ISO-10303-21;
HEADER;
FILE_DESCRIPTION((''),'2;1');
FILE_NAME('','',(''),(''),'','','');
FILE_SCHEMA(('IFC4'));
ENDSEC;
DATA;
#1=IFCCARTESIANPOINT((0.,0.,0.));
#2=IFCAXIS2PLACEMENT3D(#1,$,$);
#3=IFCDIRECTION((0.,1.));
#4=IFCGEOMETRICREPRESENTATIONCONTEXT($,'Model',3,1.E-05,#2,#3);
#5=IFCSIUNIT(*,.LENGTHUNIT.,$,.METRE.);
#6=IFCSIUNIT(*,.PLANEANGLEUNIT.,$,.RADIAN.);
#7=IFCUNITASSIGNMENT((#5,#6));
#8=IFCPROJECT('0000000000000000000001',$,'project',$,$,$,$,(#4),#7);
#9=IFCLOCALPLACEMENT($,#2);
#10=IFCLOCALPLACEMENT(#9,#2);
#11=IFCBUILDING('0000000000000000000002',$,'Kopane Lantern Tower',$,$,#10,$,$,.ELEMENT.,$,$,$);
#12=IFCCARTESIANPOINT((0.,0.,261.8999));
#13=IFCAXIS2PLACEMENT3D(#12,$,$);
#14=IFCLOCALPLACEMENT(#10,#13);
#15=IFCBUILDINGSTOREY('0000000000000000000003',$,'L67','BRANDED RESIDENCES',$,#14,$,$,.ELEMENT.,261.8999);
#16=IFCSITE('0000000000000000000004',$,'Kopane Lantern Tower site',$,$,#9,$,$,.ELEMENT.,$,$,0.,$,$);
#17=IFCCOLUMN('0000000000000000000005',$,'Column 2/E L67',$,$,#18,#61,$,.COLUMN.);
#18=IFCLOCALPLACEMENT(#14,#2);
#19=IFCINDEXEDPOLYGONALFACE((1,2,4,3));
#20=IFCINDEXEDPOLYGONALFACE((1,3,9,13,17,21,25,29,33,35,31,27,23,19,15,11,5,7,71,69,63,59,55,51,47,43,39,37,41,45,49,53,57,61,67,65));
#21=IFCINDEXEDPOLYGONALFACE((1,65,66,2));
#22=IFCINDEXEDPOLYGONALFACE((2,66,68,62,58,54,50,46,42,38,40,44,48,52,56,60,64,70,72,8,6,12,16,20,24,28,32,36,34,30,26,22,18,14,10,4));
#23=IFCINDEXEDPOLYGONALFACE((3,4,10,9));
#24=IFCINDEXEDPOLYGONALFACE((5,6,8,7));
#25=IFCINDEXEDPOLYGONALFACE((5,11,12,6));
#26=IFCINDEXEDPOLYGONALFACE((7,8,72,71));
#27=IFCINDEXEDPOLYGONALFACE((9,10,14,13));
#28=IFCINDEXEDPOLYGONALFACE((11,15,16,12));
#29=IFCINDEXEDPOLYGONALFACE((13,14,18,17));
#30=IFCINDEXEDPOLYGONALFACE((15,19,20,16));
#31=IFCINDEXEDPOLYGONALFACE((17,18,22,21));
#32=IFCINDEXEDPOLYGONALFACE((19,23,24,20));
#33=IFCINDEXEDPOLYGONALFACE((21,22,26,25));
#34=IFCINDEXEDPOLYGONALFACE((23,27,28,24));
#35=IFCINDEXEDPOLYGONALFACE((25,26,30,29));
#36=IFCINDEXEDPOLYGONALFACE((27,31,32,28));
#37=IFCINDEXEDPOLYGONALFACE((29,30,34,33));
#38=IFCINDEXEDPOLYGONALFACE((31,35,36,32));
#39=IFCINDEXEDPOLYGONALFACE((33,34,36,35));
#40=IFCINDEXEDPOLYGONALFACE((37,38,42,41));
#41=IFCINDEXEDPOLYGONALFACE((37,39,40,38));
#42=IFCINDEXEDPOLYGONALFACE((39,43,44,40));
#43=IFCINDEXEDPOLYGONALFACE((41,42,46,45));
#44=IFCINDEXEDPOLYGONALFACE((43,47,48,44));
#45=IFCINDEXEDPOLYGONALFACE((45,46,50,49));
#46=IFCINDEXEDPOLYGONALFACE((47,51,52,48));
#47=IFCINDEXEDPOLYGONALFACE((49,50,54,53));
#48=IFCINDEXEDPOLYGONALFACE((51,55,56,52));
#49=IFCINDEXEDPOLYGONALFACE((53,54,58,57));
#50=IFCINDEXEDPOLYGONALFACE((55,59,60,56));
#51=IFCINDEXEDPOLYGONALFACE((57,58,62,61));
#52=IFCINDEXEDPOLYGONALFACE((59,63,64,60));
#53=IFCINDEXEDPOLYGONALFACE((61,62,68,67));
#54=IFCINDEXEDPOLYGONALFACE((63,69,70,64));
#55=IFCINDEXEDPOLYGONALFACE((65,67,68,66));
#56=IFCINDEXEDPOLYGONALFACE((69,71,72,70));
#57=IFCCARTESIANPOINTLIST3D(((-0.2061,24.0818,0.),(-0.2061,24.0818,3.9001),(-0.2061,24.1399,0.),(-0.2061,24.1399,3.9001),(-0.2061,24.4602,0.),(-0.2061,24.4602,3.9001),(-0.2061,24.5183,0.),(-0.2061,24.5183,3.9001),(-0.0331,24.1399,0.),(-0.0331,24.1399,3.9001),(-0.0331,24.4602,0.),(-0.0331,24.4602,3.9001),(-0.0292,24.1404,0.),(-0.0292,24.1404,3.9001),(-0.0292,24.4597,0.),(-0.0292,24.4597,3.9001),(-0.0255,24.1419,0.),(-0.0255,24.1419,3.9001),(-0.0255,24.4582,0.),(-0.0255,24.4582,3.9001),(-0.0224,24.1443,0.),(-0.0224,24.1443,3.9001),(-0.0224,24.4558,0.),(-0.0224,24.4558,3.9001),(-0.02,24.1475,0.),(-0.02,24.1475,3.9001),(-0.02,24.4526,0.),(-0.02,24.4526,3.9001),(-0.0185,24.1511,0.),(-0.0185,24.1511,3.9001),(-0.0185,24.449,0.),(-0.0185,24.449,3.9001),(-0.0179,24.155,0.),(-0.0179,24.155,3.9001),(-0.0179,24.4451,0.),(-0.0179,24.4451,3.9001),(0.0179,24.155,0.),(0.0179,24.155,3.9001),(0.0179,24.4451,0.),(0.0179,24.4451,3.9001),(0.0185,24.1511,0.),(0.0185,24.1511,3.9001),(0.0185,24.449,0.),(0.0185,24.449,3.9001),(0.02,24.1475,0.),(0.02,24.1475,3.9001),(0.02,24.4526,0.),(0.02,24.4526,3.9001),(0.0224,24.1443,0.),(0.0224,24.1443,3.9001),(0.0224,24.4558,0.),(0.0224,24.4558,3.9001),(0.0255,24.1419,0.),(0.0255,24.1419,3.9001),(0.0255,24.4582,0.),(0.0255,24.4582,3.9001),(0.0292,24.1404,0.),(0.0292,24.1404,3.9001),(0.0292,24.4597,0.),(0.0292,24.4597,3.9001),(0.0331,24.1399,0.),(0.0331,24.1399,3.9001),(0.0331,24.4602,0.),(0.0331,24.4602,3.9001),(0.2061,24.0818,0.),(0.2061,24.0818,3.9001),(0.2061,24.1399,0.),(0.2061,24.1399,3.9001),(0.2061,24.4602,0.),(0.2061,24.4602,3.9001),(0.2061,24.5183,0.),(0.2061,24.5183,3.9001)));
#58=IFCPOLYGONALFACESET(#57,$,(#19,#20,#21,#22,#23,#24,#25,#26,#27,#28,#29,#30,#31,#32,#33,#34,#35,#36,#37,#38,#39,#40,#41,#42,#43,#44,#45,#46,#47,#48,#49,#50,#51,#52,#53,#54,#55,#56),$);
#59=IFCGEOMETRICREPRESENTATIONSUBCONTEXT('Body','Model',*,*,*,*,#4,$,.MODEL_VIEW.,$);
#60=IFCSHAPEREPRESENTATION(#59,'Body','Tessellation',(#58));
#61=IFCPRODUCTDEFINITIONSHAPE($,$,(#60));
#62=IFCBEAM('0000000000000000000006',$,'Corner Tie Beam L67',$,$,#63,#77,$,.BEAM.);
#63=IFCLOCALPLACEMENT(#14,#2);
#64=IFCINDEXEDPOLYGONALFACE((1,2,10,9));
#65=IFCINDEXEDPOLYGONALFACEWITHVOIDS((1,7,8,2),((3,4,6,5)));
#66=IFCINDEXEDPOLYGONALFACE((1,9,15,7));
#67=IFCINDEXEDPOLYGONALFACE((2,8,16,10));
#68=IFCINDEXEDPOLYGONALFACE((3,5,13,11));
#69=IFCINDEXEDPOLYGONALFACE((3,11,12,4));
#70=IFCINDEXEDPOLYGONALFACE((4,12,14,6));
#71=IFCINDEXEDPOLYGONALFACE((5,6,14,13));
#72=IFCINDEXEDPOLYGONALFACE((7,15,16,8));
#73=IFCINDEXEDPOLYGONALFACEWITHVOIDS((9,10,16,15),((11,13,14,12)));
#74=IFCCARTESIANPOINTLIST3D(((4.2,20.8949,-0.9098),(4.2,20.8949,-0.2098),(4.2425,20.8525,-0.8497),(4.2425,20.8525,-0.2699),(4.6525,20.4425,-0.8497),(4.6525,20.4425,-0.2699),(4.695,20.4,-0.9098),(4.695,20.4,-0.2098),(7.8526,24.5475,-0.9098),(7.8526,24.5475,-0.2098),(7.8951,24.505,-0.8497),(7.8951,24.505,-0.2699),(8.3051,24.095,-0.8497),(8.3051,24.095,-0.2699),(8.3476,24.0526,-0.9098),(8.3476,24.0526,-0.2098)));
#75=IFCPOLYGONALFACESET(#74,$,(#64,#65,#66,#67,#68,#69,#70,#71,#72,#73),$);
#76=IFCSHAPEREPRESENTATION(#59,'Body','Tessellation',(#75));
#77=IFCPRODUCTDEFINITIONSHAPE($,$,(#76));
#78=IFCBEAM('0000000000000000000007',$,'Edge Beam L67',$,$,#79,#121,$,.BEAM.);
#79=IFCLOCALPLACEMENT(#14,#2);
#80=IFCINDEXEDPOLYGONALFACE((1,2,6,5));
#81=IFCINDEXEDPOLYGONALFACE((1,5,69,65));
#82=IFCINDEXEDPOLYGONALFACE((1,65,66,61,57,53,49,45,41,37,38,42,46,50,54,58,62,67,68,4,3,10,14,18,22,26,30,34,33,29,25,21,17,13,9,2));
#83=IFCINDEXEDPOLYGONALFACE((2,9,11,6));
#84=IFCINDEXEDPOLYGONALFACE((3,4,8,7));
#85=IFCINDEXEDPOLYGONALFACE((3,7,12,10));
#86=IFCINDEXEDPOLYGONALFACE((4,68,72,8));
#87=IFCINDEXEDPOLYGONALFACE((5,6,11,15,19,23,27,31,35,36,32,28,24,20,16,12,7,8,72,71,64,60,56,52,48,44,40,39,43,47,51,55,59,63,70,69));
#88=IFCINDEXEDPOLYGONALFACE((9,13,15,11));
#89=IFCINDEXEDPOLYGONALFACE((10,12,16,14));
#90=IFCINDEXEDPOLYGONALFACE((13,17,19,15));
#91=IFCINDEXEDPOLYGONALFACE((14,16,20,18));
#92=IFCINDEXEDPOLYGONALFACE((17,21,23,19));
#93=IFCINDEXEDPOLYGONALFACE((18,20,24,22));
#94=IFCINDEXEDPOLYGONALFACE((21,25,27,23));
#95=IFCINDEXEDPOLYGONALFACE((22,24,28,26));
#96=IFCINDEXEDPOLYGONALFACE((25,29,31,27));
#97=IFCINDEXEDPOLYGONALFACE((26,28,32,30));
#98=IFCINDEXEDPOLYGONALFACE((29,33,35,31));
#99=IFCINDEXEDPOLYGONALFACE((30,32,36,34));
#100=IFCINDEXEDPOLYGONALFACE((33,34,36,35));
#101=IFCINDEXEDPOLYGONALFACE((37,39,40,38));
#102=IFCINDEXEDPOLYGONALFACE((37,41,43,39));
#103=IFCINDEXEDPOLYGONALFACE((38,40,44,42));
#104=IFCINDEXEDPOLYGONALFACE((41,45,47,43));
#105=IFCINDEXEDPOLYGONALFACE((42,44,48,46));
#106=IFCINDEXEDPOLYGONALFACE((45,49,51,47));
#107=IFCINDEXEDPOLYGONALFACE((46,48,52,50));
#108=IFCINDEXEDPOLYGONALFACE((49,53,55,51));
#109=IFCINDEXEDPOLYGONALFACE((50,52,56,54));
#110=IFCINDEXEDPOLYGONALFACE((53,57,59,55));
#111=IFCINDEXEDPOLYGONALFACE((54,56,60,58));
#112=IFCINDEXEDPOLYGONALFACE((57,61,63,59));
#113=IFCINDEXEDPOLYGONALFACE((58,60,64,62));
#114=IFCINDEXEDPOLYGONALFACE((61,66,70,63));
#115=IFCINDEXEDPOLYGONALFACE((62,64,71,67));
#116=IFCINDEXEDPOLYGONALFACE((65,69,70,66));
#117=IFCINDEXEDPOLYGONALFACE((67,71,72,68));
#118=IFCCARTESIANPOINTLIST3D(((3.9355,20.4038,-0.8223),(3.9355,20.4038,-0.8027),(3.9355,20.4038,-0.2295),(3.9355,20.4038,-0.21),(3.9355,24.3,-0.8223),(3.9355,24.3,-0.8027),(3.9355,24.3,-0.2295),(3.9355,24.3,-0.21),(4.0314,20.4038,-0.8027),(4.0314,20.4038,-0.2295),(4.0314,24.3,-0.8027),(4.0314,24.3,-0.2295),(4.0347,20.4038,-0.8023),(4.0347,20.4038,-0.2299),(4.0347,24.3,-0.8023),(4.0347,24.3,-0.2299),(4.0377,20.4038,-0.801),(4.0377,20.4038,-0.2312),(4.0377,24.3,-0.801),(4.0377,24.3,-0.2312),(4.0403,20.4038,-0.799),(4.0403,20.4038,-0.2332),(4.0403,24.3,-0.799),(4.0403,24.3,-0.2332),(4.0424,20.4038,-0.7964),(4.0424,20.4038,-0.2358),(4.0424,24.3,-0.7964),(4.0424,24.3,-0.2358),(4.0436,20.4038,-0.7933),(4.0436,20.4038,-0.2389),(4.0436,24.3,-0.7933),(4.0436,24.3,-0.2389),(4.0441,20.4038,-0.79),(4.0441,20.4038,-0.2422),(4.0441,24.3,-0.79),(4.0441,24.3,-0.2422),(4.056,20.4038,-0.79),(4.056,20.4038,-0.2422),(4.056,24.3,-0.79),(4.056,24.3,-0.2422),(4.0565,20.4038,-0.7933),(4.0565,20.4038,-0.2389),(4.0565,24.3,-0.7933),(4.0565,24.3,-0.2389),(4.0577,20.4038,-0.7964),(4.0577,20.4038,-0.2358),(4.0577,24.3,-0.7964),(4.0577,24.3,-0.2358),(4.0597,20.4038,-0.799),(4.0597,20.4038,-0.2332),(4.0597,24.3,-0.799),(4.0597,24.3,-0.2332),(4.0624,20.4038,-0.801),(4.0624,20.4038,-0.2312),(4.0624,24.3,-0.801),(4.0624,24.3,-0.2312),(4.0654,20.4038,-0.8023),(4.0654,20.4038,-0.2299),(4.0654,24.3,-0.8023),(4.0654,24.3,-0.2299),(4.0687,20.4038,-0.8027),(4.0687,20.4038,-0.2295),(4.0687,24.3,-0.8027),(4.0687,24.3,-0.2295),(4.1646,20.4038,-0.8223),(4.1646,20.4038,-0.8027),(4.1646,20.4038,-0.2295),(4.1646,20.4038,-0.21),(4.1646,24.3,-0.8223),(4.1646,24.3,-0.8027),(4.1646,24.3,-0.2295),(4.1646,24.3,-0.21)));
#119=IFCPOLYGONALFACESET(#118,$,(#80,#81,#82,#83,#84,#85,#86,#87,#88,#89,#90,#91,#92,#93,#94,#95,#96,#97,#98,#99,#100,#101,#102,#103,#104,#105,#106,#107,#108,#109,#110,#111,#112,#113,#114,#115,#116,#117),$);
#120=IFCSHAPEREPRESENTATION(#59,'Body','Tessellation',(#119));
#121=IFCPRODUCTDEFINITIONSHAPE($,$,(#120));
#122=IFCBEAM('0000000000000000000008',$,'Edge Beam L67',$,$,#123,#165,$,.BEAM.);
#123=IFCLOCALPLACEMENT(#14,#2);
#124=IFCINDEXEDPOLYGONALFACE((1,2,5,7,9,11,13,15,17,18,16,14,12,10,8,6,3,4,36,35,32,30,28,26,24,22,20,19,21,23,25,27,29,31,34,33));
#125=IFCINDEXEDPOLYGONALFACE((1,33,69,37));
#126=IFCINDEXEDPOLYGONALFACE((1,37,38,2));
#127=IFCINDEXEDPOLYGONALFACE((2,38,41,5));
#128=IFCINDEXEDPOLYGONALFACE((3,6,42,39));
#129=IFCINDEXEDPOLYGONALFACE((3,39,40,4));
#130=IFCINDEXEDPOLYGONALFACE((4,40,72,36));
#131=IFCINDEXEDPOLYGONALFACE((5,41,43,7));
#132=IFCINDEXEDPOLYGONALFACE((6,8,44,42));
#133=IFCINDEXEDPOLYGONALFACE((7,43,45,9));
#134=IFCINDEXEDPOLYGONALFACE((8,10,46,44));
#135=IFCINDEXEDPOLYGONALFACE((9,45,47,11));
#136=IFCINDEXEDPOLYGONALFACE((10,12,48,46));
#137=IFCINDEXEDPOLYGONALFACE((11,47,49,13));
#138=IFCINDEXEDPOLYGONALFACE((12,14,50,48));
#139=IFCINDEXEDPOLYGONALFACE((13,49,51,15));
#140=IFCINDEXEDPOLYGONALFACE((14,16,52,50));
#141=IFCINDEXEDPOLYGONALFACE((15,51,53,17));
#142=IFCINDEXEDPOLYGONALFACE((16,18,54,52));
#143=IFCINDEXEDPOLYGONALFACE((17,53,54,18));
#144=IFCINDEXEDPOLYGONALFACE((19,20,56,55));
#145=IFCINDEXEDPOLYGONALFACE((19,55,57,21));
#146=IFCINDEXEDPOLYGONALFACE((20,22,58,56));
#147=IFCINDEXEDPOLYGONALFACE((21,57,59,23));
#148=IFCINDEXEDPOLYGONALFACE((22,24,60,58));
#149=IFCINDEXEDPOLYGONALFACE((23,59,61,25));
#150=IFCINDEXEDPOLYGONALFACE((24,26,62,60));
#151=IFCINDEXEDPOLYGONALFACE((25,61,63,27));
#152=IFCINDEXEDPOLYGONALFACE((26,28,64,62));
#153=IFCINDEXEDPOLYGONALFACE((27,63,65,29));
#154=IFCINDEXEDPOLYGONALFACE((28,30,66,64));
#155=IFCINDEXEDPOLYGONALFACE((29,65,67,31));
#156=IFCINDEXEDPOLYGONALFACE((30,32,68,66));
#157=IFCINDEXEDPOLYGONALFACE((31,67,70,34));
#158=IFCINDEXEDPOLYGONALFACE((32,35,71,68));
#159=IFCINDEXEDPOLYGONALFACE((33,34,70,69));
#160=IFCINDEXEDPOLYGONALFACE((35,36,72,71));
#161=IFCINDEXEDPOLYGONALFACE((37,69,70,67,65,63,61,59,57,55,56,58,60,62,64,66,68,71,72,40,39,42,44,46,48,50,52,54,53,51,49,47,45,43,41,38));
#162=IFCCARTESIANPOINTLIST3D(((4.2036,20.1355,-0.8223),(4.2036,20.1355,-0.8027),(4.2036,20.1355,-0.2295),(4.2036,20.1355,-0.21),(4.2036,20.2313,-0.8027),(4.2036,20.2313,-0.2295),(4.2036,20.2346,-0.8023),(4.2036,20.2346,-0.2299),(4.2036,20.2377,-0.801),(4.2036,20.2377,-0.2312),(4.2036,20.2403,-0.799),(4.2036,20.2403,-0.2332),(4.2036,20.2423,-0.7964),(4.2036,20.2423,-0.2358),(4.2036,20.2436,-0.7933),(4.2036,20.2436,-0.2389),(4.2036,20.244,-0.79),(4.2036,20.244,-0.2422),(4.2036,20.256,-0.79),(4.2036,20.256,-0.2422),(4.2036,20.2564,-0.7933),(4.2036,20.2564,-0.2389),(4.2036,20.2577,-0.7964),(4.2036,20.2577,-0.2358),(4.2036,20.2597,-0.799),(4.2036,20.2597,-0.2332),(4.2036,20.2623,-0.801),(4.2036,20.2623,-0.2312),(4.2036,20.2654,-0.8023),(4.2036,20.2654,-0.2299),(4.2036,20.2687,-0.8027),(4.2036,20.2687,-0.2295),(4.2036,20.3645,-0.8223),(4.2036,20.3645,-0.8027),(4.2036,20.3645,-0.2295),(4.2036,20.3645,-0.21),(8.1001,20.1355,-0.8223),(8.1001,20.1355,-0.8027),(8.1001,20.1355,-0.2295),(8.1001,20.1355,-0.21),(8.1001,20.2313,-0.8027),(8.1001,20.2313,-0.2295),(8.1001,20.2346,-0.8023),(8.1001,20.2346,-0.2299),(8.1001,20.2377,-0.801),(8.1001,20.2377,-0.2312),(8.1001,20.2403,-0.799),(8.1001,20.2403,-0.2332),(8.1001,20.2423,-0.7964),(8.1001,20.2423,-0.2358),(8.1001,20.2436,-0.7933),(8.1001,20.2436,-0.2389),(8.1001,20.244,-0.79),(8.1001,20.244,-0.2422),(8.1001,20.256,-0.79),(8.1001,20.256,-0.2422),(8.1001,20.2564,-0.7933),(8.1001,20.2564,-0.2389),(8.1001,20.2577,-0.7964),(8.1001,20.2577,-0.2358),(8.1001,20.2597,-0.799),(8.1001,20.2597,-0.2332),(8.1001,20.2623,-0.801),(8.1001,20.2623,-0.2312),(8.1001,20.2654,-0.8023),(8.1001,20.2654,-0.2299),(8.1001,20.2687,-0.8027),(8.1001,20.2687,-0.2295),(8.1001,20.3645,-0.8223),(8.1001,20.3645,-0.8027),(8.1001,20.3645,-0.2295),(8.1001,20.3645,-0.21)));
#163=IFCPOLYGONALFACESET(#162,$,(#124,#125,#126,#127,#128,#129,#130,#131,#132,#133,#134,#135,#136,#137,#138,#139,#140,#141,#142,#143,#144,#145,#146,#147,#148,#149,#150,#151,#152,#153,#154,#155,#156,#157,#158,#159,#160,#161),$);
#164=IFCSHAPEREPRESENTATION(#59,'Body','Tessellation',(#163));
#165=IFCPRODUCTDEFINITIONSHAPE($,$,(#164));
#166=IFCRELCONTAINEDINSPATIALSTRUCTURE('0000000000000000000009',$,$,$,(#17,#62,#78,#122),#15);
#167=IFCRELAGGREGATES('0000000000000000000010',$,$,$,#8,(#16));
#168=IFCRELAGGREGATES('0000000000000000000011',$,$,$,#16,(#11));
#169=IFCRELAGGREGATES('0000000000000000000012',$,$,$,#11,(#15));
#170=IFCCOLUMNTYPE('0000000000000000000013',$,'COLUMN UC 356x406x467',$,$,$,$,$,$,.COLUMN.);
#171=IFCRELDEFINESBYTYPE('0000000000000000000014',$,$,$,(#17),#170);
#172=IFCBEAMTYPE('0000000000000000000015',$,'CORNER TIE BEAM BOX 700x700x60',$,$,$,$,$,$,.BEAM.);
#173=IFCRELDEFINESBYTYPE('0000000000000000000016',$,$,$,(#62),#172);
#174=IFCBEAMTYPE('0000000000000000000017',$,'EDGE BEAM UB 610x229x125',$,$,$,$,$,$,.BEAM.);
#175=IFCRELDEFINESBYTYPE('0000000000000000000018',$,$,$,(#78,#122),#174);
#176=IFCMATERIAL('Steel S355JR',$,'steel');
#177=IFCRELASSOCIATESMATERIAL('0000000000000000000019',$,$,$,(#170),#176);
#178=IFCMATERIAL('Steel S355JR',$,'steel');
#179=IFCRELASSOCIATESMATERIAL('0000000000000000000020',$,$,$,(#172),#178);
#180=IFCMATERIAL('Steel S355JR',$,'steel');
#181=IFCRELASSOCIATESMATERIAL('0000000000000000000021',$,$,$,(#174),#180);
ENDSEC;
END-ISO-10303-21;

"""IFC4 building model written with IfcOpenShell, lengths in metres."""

from ifc_helpers import new_model, si_unit, direction, frame, origin, origin_2d, place, context, subcontext, project, spatial, hollow_rectangle, i_section, extrude, material, material_profile, profile_set, type_object, element, save


model = new_model("IFC4")

# Units and contexts
model_context = context("Model", 3, precision=1e-05, world=origin(), true_north=direction((0.0, 1.0)))
body_context = subcontext(model_context, "Body", "Model", "MODEL_VIEW")
ifc_project = project(units=[si_unit("LENGTHUNIT", "METRE"), si_unit("PLANEANGLEUNIT", "RADIAN")], contexts=[model_context])

# Site, building, storey
site_placement = place(None, origin())
site = spatial("IfcSite", under=ifc_project, at=site_placement, Name="Kopane Lantern Tower site", CompositionType="ELEMENT", RefElevation=0.0)
building_placement = place(site_placement, origin())
building = spatial("IfcBuilding", under=site, at=building_placement, Name="Kopane Lantern Tower", CompositionType="ELEMENT")
storey_placement = place(building_placement, frame((0.0, 0.0, 261.8999)))
storey = spatial("IfcBuildingStorey", under=building, at=storey_placement, Name="L67", Description="BRANDED RESIDENCES", CompositionType="ELEMENT", Elevation=261.8999)

# Column
ifc_material_1 = material(Name="Steel S355JR", Category="steel")
ifc_material_profile_1 = material_profile(ifc_material_1, i_section(OverallWidth=0.4121, OverallDepth=0.4365, WebThickness=0.0359, FlangeThickness=0.0581, FilletRadius=0.0151, at=origin_2d()), Name="UC 356x406x467")
ifc_profile_set_1 = profile_set([ifc_material_profile_1], Name="Steel S355JR")
column_type = type_object("IfcColumnType", Name="COLUMN UC 356x406x467", PredefinedType="COLUMN", material=ifc_profile_set_1)
column_placement = place(storey_placement, frame((0.0, 24.3, 0.0), z_axis=(0.0, 0.0, 1.0), x_axis=(1.0, 0.0, 0.0)))
element("IfcColumn", 1, at=column_placement, inside=storey, type_object=column_type, Name="Column 2/E L67", PredefinedType="COLUMN", context=body_context, shape_type="SweptSolid", body=[
    extrude(i_section(OverallWidth=0.4121, OverallDepth=0.4365, WebThickness=0.0359, FlangeThickness=0.0581, FilletRadius=0.0151, at=origin_2d()), origin(), (0.0, 0.0, 1.0), 3.9001),
])

# Beams
ifc_material_2 = material(Name="Steel S355JR", Category="steel")
ifc_material_profile_2 = material_profile(ifc_material_2, hollow_rectangle(XDim=0.7, YDim=0.7, WallThickness=0.0601, at=origin_2d()), Name="BOX 700x700x60")
ifc_profile_set_2 = profile_set([ifc_material_profile_2], Name="Steel S355JR")
beam_type_1 = type_object("IfcBeamType", Name="CORNER TIE BEAM BOX 700x700x60", PredefinedType="BEAM", material=ifc_profile_set_2)
beam_1_placement = place(storey_placement, frame((4.4475, 20.6475, -0.5598), z_axis=(0.707107, 0.707107, 0.0), x_axis=(-0.707107, 0.707107, 0.0)))
element("IfcBeam", 2, at=beam_1_placement, inside=storey, type_object=beam_type_1, Name="Corner Tie Beam L67", PredefinedType="BEAM", context=body_context, shape_type="SweptSolid", body=[
    extrude(hollow_rectangle(XDim=0.7, YDim=0.7, WallThickness=0.0601, at=origin_2d()), origin(), (0.0, 0.0, 1.0), 5.1655),
])
ifc_material_3 = material(Name="Steel S355JR", Category="steel")
ifc_material_profile_3 = material_profile(ifc_material_3, i_section(OverallWidth=0.229, OverallDepth=0.6123, WebThickness=0.012, FlangeThickness=0.0195, FilletRadius=0.0127, at=origin_2d()), Name="UB 610x229x125")
ifc_profile_set_3 = profile_set([ifc_material_profile_3], Name="Steel S355JR")
beam_type_2 = type_object("IfcBeamType", Name="EDGE BEAM UB 610x229x125", PredefinedType="BEAM", material=ifc_profile_set_3)
beam_2_placement = place(storey_placement, frame((4.05, 20.4038, -0.5161), z_axis=(0.0, 1.0, 0.0), x_axis=(-1.0, 0.0, 0.0)))
element("IfcBeam", 3, at=beam_2_placement, inside=storey, type_object=beam_type_2, Name="Edge Beam L67", PredefinedType="BEAM", context=body_context, shape_type="SweptSolid", body=[
    extrude(i_section(OverallWidth=0.229, OverallDepth=0.6123, WebThickness=0.012, FlangeThickness=0.0195, FilletRadius=0.0127, at=origin_2d()), origin(), (0.0, 0.0, 1.0), 3.8962),
])
beam_3_placement = place(storey_placement, frame((4.2036, 20.25, -0.5161), z_axis=(1.0, 0.0, 0.0), x_axis=(0.0, 1.0, 0.0)))
element("IfcBeam", 4, at=beam_3_placement, inside=storey, type_object=beam_type_2, Name="Edge Beam L67", PredefinedType="BEAM", context=body_context, shape_type="SweptSolid", body=[
    extrude(i_section(OverallWidth=0.229, OverallDepth=0.6123, WebThickness=0.012, FlangeThickness=0.0195, FilletRadius=0.0127, at=origin_2d()), origin(), (0.0, 0.0, 1.0), 3.8965),
])

save(model, "model.ifc")
